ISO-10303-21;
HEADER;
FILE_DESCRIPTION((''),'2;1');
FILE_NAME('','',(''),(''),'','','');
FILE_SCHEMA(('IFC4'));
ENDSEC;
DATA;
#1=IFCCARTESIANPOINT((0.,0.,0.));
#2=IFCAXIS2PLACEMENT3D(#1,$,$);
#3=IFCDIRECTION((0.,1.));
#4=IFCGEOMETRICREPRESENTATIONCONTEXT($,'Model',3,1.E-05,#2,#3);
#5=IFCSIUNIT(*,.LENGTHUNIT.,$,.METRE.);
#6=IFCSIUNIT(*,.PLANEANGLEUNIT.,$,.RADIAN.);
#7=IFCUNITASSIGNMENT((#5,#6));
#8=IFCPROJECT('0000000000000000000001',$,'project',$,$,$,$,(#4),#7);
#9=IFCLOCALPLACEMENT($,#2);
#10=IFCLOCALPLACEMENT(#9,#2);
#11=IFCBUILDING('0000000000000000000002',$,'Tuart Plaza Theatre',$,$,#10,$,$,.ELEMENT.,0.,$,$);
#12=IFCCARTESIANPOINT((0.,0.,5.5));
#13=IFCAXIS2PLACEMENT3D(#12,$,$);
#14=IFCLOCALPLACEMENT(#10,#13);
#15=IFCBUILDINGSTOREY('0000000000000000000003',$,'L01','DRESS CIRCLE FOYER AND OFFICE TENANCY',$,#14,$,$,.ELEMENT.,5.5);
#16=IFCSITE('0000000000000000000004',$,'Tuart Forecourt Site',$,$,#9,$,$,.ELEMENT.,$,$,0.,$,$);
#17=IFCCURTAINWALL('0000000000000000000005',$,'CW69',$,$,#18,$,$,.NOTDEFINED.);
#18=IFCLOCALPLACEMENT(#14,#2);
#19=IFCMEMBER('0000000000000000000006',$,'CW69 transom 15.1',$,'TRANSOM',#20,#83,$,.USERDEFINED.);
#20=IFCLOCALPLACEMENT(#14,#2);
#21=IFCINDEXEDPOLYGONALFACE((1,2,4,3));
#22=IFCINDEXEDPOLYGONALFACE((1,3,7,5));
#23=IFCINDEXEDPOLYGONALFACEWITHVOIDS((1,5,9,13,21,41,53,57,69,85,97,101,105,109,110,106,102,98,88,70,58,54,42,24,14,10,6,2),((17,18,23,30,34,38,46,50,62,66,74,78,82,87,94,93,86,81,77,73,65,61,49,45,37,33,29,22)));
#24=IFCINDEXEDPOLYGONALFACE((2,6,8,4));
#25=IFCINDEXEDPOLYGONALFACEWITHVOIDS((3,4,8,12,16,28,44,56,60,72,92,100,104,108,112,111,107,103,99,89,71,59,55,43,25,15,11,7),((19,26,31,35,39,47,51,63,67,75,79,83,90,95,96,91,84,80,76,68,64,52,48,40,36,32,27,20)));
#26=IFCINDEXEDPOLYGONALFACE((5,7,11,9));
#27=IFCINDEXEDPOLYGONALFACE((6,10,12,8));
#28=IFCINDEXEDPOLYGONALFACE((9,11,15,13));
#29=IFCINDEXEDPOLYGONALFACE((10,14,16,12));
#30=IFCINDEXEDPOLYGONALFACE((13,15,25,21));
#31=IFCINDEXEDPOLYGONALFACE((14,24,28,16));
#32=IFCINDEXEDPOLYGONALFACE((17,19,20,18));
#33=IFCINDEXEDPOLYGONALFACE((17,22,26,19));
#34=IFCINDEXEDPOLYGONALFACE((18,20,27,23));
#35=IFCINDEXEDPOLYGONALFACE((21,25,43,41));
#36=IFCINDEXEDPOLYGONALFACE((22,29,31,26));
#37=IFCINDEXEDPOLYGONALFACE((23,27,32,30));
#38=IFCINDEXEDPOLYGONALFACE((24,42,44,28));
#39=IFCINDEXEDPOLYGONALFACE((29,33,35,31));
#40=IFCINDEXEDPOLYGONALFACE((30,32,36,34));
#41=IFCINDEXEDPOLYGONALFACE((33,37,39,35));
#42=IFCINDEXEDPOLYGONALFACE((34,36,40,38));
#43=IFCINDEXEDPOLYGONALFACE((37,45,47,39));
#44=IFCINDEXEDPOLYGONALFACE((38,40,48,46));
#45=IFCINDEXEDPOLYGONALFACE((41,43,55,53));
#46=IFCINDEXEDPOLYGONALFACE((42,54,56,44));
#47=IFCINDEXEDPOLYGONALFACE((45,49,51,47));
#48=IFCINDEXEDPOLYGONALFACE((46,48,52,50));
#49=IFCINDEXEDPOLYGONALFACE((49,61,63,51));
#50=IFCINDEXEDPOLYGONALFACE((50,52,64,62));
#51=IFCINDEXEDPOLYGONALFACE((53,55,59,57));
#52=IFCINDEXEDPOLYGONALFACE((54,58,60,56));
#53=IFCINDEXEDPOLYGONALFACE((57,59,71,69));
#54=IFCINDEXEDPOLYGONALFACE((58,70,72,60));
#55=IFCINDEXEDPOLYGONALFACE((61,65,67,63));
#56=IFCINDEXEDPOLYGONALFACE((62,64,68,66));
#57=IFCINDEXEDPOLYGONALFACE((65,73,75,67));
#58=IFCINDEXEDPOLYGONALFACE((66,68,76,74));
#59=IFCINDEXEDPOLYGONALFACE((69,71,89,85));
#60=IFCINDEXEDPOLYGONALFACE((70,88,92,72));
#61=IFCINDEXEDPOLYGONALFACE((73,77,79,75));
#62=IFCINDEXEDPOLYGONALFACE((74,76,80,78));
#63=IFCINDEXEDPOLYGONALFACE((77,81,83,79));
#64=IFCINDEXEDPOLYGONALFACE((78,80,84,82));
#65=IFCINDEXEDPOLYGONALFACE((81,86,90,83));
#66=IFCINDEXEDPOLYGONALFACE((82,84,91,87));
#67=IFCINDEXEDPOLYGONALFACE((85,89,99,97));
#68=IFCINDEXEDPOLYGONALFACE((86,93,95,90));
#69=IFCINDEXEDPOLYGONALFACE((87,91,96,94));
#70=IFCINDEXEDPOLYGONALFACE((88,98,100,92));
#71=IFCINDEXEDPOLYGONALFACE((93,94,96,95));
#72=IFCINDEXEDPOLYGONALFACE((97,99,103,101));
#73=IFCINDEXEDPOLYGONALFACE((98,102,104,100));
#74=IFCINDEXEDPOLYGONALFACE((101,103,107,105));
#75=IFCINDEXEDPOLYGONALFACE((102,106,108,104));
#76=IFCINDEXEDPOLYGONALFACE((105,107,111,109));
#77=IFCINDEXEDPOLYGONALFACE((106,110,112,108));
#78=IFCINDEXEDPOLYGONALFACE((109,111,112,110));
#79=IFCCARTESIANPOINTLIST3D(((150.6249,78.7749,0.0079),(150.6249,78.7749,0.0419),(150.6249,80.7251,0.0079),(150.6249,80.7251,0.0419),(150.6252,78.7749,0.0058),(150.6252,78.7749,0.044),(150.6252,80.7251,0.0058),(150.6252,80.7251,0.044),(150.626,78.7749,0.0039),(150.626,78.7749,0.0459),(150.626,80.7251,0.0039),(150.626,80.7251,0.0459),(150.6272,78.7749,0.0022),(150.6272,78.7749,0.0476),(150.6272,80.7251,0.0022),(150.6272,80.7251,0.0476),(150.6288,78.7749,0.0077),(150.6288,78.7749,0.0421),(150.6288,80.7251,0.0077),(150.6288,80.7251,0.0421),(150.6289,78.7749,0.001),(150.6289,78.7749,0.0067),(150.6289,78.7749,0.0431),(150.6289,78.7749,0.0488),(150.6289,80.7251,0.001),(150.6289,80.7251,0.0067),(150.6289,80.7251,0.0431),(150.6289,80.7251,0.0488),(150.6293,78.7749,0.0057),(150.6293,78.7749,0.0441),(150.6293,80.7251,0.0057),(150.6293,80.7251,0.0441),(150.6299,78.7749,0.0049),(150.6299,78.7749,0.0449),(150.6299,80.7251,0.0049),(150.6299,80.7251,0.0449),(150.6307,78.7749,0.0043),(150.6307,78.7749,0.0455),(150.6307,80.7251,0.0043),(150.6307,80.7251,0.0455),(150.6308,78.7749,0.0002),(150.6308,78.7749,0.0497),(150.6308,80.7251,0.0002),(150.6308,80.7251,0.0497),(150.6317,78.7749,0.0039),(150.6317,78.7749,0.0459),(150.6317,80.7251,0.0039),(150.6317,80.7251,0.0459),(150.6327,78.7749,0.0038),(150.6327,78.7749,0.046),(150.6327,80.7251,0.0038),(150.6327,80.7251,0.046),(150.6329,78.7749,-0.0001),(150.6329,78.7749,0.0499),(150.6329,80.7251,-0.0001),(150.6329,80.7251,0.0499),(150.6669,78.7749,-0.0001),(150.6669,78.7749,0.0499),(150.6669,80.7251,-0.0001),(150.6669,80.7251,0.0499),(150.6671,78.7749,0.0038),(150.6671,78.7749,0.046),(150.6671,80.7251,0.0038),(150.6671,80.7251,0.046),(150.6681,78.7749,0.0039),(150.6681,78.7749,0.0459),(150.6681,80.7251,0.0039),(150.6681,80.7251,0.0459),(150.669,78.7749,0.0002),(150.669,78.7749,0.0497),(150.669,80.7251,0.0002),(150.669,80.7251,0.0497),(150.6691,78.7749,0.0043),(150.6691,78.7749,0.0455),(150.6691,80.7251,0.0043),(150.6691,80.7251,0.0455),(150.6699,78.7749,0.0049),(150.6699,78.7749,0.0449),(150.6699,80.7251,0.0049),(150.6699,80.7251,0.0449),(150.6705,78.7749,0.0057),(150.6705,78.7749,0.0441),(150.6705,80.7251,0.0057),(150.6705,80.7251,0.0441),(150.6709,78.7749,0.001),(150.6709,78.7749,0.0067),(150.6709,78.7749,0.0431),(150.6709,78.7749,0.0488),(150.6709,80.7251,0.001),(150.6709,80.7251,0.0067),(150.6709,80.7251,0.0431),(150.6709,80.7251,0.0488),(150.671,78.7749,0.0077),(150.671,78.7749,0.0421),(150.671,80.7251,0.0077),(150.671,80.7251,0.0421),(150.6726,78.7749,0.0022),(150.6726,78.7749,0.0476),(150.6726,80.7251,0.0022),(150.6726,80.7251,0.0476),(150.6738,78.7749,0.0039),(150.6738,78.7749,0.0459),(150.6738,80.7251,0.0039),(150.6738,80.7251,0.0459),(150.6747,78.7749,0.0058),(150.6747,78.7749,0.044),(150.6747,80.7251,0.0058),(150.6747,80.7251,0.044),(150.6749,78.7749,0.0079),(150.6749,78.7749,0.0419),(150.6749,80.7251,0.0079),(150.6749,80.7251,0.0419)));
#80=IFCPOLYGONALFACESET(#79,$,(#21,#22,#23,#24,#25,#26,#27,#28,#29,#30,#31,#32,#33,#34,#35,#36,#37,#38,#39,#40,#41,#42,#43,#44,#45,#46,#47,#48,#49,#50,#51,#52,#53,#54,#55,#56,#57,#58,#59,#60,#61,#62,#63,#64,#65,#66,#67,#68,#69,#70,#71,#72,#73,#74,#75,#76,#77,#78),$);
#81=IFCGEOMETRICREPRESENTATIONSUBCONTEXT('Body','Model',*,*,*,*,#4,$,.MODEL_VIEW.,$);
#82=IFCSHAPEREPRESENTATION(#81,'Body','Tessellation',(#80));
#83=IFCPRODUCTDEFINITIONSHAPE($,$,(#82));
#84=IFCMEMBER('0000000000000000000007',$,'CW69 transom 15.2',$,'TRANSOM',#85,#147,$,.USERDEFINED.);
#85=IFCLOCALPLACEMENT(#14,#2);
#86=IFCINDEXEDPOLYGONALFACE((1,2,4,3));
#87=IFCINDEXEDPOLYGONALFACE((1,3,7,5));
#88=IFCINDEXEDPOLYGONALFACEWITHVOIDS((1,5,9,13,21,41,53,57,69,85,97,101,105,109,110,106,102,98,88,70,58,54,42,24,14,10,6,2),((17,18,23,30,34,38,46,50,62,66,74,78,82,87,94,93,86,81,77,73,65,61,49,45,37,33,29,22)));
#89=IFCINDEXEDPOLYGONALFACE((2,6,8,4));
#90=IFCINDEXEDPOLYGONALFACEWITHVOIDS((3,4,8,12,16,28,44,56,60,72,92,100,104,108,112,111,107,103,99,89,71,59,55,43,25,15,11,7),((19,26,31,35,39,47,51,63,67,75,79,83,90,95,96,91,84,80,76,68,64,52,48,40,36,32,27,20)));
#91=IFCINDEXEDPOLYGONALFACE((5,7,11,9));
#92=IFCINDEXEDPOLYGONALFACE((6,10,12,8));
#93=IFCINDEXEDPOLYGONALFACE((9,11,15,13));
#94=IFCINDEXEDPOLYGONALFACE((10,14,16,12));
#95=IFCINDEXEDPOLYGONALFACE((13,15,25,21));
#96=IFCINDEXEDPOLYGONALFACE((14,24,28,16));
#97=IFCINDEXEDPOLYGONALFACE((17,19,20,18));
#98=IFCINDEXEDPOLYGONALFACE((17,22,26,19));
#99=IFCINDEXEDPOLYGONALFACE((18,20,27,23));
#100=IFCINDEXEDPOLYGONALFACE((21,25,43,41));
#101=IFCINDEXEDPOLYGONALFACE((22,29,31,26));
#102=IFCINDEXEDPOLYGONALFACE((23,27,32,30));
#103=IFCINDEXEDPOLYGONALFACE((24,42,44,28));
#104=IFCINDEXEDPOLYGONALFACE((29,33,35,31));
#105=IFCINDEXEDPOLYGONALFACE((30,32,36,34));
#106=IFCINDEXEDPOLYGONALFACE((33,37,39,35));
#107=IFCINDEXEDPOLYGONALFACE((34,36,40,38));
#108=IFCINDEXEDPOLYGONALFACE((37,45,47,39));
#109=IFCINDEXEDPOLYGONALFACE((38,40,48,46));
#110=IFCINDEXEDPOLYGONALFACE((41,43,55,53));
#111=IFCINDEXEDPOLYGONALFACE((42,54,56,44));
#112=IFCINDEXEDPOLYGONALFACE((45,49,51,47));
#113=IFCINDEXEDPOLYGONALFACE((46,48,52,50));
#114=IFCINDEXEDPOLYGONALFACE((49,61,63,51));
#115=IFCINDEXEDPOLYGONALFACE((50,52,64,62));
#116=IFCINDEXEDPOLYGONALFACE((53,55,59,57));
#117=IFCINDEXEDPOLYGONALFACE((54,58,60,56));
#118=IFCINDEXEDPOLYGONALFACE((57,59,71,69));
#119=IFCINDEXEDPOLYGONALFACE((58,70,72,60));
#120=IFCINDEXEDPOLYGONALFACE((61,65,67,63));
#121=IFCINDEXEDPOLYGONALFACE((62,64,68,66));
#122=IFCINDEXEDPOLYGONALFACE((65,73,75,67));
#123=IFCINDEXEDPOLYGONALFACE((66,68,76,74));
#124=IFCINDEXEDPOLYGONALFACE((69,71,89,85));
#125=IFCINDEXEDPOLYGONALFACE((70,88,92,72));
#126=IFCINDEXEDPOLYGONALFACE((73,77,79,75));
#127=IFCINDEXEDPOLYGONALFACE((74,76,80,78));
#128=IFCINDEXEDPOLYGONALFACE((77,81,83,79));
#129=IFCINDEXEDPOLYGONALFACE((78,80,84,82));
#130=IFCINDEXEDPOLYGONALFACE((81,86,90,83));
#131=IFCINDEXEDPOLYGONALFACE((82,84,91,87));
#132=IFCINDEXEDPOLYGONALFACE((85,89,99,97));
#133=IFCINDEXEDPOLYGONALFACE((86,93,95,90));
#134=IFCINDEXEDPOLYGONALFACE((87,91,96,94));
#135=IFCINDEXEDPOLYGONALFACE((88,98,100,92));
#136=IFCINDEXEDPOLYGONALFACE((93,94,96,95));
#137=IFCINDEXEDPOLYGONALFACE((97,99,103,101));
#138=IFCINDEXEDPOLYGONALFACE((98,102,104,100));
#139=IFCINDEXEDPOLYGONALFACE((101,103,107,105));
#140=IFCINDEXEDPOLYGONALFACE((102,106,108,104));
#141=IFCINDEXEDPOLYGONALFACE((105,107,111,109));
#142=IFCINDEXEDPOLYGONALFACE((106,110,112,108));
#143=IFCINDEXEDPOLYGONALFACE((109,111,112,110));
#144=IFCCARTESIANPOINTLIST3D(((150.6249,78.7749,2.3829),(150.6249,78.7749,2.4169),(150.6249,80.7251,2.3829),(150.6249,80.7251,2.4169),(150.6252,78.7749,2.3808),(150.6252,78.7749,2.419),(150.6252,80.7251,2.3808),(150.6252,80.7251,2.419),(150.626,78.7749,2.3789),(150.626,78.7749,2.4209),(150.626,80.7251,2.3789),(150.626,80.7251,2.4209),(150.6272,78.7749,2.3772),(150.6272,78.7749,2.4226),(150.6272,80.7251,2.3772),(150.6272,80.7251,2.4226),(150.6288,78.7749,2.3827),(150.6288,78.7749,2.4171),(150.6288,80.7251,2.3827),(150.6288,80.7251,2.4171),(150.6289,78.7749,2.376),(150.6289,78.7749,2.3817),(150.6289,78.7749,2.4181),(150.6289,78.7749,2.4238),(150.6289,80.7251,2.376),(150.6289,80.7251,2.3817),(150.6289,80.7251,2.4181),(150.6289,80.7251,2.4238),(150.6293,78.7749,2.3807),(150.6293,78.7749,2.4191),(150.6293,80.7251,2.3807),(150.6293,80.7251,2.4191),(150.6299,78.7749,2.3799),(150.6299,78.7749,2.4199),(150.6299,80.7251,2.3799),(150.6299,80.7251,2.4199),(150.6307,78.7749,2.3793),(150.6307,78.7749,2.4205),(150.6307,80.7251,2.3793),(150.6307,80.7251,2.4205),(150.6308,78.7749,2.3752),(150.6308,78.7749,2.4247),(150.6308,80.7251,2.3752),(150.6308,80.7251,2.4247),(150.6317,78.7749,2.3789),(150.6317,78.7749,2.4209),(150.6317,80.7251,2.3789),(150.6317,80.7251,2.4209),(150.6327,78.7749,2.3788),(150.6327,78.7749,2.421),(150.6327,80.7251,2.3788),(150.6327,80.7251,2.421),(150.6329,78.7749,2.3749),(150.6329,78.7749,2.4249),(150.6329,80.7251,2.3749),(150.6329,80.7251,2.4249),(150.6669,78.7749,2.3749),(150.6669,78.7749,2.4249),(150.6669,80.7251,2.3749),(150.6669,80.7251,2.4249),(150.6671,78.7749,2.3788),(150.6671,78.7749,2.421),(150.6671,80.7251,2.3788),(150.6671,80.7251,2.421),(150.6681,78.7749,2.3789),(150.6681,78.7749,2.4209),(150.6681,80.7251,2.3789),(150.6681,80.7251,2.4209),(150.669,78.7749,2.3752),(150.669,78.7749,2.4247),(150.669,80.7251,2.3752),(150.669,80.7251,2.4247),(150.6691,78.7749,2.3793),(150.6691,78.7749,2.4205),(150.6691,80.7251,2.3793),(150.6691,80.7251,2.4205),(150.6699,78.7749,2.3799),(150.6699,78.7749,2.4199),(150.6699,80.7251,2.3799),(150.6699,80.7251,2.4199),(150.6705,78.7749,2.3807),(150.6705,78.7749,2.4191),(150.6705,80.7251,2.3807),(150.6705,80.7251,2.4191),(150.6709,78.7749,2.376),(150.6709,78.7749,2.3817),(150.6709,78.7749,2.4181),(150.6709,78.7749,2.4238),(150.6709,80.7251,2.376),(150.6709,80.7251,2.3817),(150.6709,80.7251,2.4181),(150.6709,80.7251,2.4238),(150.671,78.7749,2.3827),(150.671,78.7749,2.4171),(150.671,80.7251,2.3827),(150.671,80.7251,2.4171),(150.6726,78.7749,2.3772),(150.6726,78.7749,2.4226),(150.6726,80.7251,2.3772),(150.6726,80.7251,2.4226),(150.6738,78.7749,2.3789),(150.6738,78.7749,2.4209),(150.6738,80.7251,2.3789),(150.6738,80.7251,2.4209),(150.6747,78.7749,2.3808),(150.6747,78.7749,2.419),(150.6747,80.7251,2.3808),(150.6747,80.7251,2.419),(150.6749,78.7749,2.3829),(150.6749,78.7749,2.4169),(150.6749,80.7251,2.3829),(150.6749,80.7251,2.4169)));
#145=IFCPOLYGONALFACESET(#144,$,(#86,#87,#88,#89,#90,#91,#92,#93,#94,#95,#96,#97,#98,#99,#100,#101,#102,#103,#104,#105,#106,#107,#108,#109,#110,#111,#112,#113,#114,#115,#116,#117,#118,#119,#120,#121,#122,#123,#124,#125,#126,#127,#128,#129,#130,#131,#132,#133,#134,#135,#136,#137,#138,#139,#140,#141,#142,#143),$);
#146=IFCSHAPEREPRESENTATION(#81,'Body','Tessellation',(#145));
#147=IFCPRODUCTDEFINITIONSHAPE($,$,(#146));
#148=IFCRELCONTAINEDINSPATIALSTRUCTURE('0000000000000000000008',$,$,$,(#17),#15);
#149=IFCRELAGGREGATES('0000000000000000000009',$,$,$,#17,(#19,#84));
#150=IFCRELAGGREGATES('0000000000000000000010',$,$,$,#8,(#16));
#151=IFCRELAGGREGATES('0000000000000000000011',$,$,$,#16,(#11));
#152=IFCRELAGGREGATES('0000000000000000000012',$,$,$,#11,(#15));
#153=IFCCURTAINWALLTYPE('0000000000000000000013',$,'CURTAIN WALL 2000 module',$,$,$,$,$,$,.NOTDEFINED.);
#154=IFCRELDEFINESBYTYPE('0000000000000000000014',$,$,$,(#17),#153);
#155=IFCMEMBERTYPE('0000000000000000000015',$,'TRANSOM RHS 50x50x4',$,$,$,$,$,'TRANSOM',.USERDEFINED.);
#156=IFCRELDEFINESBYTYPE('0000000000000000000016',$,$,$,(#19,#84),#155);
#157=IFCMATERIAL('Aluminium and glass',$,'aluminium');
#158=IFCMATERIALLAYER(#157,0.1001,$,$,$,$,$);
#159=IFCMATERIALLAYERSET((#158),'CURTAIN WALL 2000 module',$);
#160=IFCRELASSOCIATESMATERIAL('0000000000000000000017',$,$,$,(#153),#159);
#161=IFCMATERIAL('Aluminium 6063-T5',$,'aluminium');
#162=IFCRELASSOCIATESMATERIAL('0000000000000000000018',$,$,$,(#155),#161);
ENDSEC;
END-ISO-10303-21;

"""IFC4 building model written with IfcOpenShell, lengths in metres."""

from ifc_helpers import new_model, si_unit, direction, frame, origin, origin_2d, place, context, subcontext, project, spatial, hollow_rectangle, extrude, material, layer, layer_set, material_profile, profile_set, type_object, element, aggregate, save


model = new_model("IFC4")

# Units and contexts
model_context = context("Model", 3, precision=1e-05, world=origin(), true_north=direction((0.0, 1.0)))
body_context = subcontext(model_context, "Body", "Model", "MODEL_VIEW")
ifc_project = project(units=[si_unit("LENGTHUNIT", "METRE"), si_unit("PLANEANGLEUNIT", "RADIAN")], contexts=[model_context])

# Site, building, storey
site_placement = place(None, origin())
site = spatial("IfcSite", under=ifc_project, at=site_placement, Name="Tuart Forecourt Site", CompositionType="ELEMENT", RefElevation=0.0)
building_placement = place(site_placement, origin())
building = spatial("IfcBuilding", under=site, at=building_placement, Name="Tuart Plaza Theatre", CompositionType="ELEMENT", ElevationOfRefHeight=0.0)
storey_placement = place(building_placement, frame((0.0, 0.0, 5.5)))
storey = spatial("IfcBuildingStorey", under=building, at=storey_placement, Name="L01", Description="DRESS CIRCLE FOYER AND OFFICE TENANCY", CompositionType="ELEMENT", Elevation=5.5)

# Curtain wall, members
ifc_material_1 = material(Name="Aluminium and glass", Category="aluminium")
ifc_layer_1 = layer(ifc_material_1, 0.1001)
ifc_layer_set_1 = layer_set([ifc_layer_1], Name="CURTAIN WALL 2000 module")
curtain_wall_type = type_object("IfcCurtainWallType", Name="CURTAIN WALL 2000 module", PredefinedType="NOTDEFINED", material=ifc_layer_set_1)
curtain_wall_placement = place(storey_placement, origin())
curtain_wall = element("IfcCurtainWall", 1, at=curtain_wall_placement, inside=storey, type_object=curtain_wall_type, Name="CW69", PredefinedType="NOTDEFINED")
ifc_material_2 = material(Name="Aluminium 6063-T5", Category="aluminium")
ifc_material_profile_1 = material_profile(ifc_material_2, hollow_rectangle(XDim=0.05, YDim=0.05, WallThickness=0.0039, InnerFilletRadius=0.0039, OuterFilletRadius=0.0081, at=origin_2d()), Name="RHS 50x50x4")
ifc_profile_set_1 = profile_set([ifc_material_profile_1], Name="Aluminium 6063-T5")
member_type_1 = type_object("IfcMemberType", Name="TRANSOM RHS 50x50x4", ElementType="TRANSOM", PredefinedType="USERDEFINED", material=ifc_profile_set_1)
member_1_placement = place(storey_placement, frame((150.6499, 78.7749, 0.0249), z_axis=(0.0, 1.0, 0.0), x_axis=(-1.0, 0.0, 0.0)))
member_1 = element("IfcMember", 2, at=member_1_placement, type_object=member_type_1, Name="CW69 transom 15.1", ObjectType="TRANSOM", PredefinedType="USERDEFINED", context=body_context, shape_type="SweptSolid", body=[
    extrude(hollow_rectangle(XDim=0.05, YDim=0.05, WallThickness=0.0039, InnerFilletRadius=0.0039, OuterFilletRadius=0.0081, at=origin_2d()), origin(), (0.0, 0.0, 1.0), 1.9502),
])
member_2_placement = place(storey_placement, frame((150.6499, 78.7749, 2.3999), z_axis=(0.0, 1.0, 0.0), x_axis=(-1.0, 0.0, 0.0)))
member_2 = element("IfcMember", 3, at=member_2_placement, type_object=member_type_1, Name="CW69 transom 15.2", ObjectType="TRANSOM", PredefinedType="USERDEFINED", context=body_context, shape_type="SweptSolid", body=[
    extrude(hollow_rectangle(XDim=0.05, YDim=0.05, WallThickness=0.0039, InnerFilletRadius=0.0039, OuterFilletRadius=0.0081, at=origin_2d()), origin(), (0.0, 0.0, 1.0), 1.9502),
])
aggregate(curtain_wall, [member_1, member_2])

save(model, "model.ifc")
